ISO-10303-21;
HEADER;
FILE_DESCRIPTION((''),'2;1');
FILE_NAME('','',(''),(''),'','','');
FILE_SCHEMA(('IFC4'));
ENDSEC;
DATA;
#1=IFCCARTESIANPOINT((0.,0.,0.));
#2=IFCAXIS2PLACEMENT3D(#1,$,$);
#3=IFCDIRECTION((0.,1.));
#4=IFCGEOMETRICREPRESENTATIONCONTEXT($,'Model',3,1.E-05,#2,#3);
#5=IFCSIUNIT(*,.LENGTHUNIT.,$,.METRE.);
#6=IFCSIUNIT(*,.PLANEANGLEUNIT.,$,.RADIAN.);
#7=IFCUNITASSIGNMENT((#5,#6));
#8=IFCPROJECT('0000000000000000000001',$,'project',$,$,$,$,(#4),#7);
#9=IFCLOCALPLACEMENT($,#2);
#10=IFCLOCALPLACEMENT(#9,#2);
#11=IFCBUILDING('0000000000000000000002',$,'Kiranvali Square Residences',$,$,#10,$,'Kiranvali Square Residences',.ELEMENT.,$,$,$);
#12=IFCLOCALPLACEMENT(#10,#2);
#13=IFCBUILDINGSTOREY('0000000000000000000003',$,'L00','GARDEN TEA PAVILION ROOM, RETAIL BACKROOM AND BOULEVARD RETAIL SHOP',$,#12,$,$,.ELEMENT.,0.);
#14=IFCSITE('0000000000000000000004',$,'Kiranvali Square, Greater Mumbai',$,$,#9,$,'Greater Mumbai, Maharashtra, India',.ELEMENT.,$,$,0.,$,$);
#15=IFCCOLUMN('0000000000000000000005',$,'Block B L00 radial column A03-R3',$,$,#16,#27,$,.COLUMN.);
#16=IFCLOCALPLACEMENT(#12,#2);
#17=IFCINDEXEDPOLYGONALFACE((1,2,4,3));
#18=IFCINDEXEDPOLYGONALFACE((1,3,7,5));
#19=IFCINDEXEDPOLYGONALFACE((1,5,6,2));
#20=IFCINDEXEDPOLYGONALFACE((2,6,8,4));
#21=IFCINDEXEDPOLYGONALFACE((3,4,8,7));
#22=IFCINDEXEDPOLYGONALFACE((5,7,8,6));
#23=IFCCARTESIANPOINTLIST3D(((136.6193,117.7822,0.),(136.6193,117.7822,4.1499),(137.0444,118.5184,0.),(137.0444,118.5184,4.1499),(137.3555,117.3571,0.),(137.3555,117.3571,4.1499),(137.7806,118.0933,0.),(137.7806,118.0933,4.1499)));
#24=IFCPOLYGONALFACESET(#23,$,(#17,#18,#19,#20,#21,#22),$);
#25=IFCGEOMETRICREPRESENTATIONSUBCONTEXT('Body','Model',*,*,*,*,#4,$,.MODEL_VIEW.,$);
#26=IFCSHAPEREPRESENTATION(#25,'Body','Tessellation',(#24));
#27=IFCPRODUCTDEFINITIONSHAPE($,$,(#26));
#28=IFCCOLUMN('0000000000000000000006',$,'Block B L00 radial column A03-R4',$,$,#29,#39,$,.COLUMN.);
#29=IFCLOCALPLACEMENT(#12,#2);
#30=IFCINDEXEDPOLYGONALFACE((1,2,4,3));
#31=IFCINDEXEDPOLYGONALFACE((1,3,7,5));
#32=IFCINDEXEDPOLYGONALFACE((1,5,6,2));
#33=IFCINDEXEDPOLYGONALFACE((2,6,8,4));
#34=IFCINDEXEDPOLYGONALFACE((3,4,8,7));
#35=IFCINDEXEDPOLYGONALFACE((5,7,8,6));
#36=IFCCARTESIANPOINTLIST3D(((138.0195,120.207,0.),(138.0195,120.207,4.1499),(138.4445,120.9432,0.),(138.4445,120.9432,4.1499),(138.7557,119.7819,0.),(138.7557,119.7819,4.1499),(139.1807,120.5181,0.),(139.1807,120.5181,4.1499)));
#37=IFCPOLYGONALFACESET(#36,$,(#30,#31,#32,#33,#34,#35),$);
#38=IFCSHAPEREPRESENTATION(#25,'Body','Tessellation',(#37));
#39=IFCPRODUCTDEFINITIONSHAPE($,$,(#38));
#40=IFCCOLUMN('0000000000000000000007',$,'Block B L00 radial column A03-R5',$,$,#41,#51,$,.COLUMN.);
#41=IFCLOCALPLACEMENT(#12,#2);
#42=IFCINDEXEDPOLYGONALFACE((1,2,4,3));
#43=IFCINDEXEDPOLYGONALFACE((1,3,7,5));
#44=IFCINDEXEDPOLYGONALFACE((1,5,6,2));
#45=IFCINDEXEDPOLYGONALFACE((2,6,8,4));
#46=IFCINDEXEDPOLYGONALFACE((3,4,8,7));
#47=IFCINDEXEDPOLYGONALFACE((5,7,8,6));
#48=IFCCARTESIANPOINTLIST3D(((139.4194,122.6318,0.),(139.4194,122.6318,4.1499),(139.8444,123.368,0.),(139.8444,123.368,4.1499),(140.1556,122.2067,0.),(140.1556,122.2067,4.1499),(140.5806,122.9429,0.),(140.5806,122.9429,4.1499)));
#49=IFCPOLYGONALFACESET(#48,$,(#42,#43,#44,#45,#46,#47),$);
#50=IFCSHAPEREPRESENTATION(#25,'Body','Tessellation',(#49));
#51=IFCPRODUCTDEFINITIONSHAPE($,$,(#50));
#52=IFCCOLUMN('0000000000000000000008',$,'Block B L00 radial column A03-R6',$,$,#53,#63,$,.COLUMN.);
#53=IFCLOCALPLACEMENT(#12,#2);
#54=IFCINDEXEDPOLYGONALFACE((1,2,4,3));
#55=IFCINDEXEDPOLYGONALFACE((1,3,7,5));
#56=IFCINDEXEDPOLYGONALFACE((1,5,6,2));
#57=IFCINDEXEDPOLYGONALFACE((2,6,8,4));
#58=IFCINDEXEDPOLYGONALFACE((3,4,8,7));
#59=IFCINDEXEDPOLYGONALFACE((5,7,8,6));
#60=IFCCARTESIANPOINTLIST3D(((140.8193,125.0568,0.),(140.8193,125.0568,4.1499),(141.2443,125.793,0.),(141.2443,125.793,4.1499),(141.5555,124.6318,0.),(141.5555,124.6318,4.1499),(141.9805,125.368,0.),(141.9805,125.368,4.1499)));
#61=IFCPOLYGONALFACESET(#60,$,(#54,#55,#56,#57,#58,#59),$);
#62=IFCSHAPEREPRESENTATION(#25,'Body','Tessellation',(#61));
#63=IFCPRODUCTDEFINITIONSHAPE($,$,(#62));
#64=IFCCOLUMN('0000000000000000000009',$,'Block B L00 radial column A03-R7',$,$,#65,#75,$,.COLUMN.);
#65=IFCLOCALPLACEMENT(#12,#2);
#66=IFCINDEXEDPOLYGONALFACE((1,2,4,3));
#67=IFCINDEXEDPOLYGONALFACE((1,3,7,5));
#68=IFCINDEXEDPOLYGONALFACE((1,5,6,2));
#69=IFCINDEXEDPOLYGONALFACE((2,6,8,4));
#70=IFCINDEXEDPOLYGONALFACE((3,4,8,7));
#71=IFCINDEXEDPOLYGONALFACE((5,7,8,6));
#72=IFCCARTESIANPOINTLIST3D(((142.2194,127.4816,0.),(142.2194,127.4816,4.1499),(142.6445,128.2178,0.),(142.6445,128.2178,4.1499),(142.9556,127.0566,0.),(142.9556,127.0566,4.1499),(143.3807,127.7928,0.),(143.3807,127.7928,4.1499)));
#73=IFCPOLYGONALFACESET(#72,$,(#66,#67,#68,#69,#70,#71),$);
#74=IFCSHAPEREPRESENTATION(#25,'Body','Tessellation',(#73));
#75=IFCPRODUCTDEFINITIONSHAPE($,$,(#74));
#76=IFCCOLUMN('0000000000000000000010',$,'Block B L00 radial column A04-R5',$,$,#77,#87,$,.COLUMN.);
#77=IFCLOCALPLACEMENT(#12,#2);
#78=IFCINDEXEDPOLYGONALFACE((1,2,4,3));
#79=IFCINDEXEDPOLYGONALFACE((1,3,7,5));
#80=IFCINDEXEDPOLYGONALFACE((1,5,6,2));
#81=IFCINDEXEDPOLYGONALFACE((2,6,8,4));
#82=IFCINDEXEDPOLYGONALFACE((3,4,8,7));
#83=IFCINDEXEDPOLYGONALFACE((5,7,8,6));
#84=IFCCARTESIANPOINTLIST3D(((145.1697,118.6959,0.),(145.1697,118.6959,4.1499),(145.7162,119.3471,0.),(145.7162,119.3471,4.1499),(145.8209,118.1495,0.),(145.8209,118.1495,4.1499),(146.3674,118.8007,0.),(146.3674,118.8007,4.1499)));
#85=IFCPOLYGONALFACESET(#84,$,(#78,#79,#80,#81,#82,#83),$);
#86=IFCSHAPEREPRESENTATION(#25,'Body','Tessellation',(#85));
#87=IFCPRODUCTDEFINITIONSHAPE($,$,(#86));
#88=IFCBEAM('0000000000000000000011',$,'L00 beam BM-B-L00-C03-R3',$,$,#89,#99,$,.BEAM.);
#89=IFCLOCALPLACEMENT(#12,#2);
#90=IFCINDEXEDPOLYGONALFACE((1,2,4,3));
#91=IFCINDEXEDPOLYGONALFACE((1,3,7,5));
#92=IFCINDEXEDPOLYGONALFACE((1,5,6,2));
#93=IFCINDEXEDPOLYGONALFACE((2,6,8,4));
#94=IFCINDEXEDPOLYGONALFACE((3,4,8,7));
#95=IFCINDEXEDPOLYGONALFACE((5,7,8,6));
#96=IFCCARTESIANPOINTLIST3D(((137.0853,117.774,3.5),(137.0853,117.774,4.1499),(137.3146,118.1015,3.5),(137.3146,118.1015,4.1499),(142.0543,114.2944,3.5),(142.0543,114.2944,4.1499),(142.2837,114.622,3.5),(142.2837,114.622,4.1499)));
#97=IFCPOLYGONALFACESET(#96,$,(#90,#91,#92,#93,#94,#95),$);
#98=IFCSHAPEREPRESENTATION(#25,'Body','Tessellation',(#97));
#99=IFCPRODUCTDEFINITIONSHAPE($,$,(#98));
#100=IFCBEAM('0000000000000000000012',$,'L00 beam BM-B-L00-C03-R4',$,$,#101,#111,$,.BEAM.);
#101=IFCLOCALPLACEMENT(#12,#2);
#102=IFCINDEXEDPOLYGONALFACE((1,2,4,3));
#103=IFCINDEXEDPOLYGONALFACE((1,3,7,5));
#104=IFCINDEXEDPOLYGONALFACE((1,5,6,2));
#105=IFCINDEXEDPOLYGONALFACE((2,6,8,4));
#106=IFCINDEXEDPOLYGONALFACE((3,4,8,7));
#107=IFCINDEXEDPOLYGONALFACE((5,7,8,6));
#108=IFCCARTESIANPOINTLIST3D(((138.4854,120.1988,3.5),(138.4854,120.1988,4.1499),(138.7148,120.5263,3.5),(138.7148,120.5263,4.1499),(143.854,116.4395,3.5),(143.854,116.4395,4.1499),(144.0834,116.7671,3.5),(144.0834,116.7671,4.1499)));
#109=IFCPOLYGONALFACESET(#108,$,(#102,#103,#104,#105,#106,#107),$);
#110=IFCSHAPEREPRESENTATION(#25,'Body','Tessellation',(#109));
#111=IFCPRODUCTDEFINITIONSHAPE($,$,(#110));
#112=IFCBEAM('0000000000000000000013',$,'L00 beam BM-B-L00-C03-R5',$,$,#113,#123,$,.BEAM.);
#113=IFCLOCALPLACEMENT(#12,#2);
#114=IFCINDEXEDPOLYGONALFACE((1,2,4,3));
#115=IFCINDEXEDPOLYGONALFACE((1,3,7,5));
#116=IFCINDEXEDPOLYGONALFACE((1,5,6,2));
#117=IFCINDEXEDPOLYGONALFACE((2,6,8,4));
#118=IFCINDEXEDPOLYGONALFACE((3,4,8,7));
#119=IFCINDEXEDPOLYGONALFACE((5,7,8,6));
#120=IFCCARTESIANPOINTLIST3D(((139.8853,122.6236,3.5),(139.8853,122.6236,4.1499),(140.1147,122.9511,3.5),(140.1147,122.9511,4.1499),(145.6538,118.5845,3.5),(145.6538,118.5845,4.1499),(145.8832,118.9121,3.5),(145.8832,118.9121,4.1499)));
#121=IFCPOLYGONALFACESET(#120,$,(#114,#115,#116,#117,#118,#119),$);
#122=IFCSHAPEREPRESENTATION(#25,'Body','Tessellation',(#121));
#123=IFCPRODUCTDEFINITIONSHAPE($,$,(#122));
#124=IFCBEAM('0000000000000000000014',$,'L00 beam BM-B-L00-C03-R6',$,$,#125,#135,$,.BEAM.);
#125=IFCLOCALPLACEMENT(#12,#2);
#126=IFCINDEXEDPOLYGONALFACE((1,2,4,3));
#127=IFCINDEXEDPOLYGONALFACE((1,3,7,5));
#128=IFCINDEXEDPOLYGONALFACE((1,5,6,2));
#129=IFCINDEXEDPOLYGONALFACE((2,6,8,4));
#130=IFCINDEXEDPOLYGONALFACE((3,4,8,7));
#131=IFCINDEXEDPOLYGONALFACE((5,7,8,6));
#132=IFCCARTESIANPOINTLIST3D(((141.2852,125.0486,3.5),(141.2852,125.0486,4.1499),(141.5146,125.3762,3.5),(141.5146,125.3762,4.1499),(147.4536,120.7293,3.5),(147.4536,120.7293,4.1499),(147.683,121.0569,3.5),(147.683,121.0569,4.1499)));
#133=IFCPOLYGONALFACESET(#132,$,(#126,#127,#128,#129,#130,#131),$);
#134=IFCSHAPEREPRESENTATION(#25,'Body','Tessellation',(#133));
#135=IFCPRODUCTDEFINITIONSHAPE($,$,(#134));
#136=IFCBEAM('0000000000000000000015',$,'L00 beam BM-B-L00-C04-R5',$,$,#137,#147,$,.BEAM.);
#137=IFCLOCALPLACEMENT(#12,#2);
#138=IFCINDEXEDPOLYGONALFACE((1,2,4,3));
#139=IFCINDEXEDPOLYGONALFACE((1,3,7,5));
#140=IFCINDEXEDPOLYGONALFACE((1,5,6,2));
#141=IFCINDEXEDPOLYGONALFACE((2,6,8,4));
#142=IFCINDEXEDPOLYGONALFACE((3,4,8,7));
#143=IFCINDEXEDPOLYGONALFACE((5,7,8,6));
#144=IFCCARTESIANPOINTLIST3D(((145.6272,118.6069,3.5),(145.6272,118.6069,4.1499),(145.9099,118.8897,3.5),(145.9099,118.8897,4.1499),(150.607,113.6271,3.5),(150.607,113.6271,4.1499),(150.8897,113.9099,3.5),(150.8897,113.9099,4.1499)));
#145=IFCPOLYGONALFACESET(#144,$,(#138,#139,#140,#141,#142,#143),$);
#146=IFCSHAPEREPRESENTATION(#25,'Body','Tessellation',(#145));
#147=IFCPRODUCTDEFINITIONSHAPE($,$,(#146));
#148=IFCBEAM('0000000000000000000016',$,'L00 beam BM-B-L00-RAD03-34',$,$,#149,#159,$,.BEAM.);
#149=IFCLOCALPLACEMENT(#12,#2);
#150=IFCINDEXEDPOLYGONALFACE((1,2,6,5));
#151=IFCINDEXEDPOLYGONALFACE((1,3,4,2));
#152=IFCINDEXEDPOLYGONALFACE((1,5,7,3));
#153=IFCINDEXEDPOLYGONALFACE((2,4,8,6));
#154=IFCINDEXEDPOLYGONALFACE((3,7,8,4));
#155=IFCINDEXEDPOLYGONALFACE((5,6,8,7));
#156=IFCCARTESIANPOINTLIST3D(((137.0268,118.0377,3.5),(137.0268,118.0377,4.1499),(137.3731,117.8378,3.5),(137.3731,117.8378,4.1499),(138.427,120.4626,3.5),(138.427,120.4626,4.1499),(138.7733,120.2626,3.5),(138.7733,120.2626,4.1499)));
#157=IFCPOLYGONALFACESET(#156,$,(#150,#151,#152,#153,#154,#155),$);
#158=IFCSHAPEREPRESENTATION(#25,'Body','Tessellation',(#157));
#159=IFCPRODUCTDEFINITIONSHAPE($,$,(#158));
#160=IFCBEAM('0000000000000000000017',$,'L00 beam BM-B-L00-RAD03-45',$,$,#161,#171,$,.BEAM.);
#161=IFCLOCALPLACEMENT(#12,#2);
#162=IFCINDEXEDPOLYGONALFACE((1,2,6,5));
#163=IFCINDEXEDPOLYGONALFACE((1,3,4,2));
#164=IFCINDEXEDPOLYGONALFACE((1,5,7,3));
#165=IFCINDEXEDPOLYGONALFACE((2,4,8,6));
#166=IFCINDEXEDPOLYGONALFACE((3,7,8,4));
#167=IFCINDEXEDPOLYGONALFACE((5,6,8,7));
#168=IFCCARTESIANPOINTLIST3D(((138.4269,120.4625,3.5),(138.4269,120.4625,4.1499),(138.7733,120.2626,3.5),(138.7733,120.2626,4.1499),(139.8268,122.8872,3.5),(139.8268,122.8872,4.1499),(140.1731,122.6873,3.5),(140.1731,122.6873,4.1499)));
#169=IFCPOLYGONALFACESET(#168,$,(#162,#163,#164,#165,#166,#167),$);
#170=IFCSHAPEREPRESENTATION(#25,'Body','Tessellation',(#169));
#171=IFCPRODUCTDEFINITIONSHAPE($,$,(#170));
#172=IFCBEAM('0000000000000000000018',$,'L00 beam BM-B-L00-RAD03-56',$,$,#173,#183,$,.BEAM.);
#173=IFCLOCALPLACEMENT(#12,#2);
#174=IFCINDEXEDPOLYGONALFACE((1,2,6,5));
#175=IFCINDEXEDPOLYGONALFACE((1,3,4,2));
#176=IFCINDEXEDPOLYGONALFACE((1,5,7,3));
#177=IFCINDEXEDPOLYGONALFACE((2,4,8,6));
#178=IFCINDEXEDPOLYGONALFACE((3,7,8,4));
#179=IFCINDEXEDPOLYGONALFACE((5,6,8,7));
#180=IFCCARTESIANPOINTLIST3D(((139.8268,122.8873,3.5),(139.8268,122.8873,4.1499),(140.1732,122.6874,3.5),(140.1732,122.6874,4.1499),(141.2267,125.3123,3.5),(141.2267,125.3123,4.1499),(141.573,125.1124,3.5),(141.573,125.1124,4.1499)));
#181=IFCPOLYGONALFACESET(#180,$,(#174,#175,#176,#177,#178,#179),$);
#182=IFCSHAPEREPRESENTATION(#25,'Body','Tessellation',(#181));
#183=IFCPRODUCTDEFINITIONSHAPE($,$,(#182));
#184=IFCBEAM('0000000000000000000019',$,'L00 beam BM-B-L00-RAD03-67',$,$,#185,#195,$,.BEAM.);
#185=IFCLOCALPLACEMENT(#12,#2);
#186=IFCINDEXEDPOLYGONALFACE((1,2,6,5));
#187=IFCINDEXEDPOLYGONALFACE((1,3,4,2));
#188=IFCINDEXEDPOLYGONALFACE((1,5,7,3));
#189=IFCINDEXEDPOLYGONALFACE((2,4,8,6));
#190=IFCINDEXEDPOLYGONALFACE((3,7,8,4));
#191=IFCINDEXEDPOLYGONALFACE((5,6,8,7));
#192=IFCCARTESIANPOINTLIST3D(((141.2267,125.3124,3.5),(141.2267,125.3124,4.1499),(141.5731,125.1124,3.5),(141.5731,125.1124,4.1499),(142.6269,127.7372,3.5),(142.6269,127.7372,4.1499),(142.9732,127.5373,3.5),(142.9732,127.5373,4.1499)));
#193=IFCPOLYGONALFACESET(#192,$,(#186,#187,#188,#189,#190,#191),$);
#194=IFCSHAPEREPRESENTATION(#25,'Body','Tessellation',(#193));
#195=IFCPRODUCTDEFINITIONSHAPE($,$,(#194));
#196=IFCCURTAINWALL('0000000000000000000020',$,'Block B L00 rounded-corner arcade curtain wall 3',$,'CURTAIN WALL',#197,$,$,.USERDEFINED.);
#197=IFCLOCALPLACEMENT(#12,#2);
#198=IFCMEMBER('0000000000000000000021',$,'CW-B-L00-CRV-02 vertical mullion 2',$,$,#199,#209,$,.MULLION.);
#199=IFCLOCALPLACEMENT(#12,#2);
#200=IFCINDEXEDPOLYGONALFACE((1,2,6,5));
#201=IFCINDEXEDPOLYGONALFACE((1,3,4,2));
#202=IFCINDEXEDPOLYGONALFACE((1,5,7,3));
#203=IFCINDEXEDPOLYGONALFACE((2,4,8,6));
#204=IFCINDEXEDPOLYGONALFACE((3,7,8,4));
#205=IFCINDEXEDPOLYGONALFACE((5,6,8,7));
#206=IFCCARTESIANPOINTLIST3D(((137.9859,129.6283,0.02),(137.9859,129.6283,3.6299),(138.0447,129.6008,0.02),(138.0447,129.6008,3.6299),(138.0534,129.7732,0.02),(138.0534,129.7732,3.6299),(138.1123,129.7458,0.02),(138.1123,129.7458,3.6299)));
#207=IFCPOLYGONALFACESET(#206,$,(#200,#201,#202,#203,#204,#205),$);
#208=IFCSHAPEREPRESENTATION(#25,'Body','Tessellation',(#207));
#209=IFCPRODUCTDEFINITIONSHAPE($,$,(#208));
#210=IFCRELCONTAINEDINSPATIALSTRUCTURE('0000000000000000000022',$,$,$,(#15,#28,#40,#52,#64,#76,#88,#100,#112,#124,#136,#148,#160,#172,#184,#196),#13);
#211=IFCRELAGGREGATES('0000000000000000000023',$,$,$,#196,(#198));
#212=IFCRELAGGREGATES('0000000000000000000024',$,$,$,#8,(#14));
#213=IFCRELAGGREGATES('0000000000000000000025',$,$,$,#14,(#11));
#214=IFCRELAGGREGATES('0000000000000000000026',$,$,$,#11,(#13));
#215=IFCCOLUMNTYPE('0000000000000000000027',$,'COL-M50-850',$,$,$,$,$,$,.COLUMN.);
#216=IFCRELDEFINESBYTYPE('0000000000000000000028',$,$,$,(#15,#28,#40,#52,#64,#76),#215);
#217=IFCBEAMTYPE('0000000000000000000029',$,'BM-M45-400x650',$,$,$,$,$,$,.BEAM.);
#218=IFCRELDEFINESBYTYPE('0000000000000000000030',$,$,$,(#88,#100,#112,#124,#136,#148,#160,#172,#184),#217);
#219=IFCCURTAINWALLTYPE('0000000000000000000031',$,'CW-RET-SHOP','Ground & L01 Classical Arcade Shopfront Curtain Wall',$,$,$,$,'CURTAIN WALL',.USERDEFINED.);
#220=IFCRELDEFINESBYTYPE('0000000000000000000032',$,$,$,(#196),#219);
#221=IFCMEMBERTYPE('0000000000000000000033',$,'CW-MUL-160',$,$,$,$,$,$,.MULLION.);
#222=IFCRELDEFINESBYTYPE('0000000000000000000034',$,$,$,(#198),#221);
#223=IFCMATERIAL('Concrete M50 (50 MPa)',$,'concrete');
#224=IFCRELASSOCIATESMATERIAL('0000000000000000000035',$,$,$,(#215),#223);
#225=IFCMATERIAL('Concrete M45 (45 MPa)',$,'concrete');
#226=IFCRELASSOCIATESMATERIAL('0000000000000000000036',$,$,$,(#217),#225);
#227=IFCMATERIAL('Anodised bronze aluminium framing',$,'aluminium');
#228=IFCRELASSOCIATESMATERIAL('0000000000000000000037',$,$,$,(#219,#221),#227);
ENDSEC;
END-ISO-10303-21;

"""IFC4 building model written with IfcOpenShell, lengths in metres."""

from ifc_helpers import new_model, si_unit, direction, frame, origin, origin_2d, place, context, subcontext, project, spatial, rectangle, extrude, material, material_profile, profile_set, type_object, element, aggregate, save


model = new_model("IFC4")

# Units and contexts
model_context = context("Model", 3, precision=1e-05, world=origin(), true_north=direction((0.0, 1.0)))
body_context = subcontext(model_context, "Body", "Model", "MODEL_VIEW")
ifc_project = project(units=[si_unit("LENGTHUNIT", "METRE"), si_unit("PLANEANGLEUNIT", "RADIAN")], contexts=[model_context])

# Site, building, storey
site_placement = place(None, origin())
site = spatial("IfcSite", under=ifc_project, at=site_placement, Name="Kiranvali Square, Greater Mumbai", LongName="Greater Mumbai, Maharashtra, India", CompositionType="ELEMENT", RefElevation=0.0)
building_placement = place(site_placement, origin())
building = spatial("IfcBuilding", under=site, at=building_placement, Name="Kiranvali Square Residences", LongName="Kiranvali Square Residences", CompositionType="ELEMENT")
storey_placement = place(building_placement, origin())
storey = spatial("IfcBuildingStorey", under=building, at=storey_placement, Name="L00", Description="GARDEN TEA PAVILION ROOM, RETAIL BACKROOM AND BOULEVARD RETAIL SHOP", CompositionType="ELEMENT", Elevation=0.0)

# Columns
ifc_material_1 = material(Name="Concrete M50 (50 MPa)", Category="concrete")
ifc_material_profile_1 = material_profile(ifc_material_1, rectangle(XDim=0.8501, YDim=0.8501, at=origin_2d()), Name="RC 850x850")
ifc_profile_set_1 = profile_set([ifc_material_profile_1], Name="Concrete M50 (50 MPa)")
column_type = type_object("IfcColumnType", Name="COL-M50-850", PredefinedType="COLUMN", material=ifc_profile_set_1)
for number, where, z_axis, x_axis, name in (
    (1, (137.2, 117.9377, 0.0), (0.0, 0.0, 1.0), (-0.866025, 0.5, 0.0), "Block B L00 radial column A03-R3"),
    (2, (138.6001, 120.3625, 0.0), (0.0, 0.0, 1.0), (-0.866025, 0.5, 0.0), "Block B L00 radial column A03-R4"),
    (3, (140.0, 122.7874, 0.0), (0.0, 0.0, 1.0), (-0.866025, 0.5, 0.0), "Block B L00 radial column A03-R5"),
    (4, (141.3999, 125.2124, 0.0), (0.0, 0.0, 1.0), (-0.866025, 0.5, 0.0), "Block B L00 radial column A03-R6"),
    (5, (142.8, 127.6372, 0.0), (0.0, 0.0, 1.0), (-0.866025, 0.5, 0.0), "Block B L00 radial column A03-R7"),
    (6, (145.7686, 118.7483, 0.0), (0.0, 0.0, 1.0), (-0.766044, 0.642788, 0.0), "Block B L00 radial column A04-R5"),
):
    element("IfcColumn", number, at=place(storey_placement, frame(where, z_axis=z_axis, x_axis=x_axis)), inside=storey, type_object=column_type, Name=name, PredefinedType="COLUMN", context=body_context, shape_type="SweptSolid", body=[
        extrude(rectangle(XDim=0.8501, YDim=0.8501, at=origin_2d()), origin(), (0.0, 0.0, 1.0), 4.1499),
    ])

# Beams
ifc_material_2 = material(Name="Concrete M45 (45 MPa)", Category="concrete")
ifc_material_profile_2 = material_profile(ifc_material_2, rectangle(XDim=0.3999, YDim=0.6499, at=origin_2d()), Name="RC 400x650")
ifc_profile_set_2 = profile_set([ifc_material_profile_2], Name="Concrete M45 (45 MPa)")
beam_type_1 = type_object("IfcBeamType", Name="BM-M45-400x650", PredefinedType="BEAM", material=ifc_profile_set_2)
beam_1_placement = place(storey_placement, frame((137.2, 117.9377, 3.825), z_axis=(0.819139, -0.573595, 0.0), x_axis=(0.573595, 0.819139, 0.0)))
element("IfcBeam", 7, at=beam_1_placement, inside=storey, type_object=beam_type_1, Name="L00 beam BM-B-L00-C03-R3", PredefinedType="BEAM", context=body_context, shape_type="SweptSolid", body=[
    extrude(rectangle(XDim=0.3999, YDim=0.6499, at=origin_2d()), origin(), (0.0, 0.0, 1.0), 6.0662),
])
beam_2_placement = place(storey_placement, frame((138.6001, 120.3625, 3.825), z_axis=(0.819144, -0.573587, 0.0), x_axis=(0.573587, 0.819144, 0.0)))
element("IfcBeam", 8, at=beam_2_placement, inside=storey, type_object=beam_type_1, Name="L00 beam BM-B-L00-C03-R4", PredefinedType="BEAM", context=body_context, shape_type="SweptSolid", body=[
    extrude(rectangle(XDim=0.3999, YDim=0.6499, at=origin_2d()), origin(), (0.0, 0.0, 1.0), 6.554),
])
beam_3_placement = place(storey_placement, frame((140.0, 122.7874, 3.825), z_axis=(0.81916, -0.573565, 0.0), x_axis=(0.573565, 0.81916, 0.0)))
element("IfcBeam", 9, at=beam_3_placement, inside=storey, type_object=beam_type_1, Name="L00 beam BM-B-L00-C03-R5", PredefinedType="BEAM", context=body_context, shape_type="SweptSolid", body=[
    extrude(rectangle(XDim=0.3999, YDim=0.6499, at=origin_2d()), origin(), (0.0, 0.0, 1.0), 7.042),
])
beam_4_placement = place(storey_placement, frame((141.3999, 125.2124, 3.825), z_axis=(0.819144, -0.573589, 0.0), x_axis=(0.573589, 0.819144, 0.0)))
element("IfcBeam", 10, at=beam_4_placement, inside=storey, type_object=beam_type_1, Name="L00 beam BM-B-L00-C03-R6", PredefinedType="BEAM", context=body_context, shape_type="SweptSolid", body=[
    extrude(rectangle(XDim=0.3999, YDim=0.6499, at=origin_2d()), origin(), (0.0, 0.0, 1.0), 7.5303),
])
beam_5_placement = place(storey_placement, frame((145.7686, 118.7483, 3.825), z_axis=(0.707107, -0.707107, 0.0), x_axis=(0.707107, 0.707107, 0.0)))
element("IfcBeam", 11, at=beam_5_placement, inside=storey, type_object=beam_type_1, Name="L00 beam BM-B-L00-C04-R5", PredefinedType="BEAM", context=body_context, shape_type="SweptSolid", body=[
    extrude(rectangle(XDim=0.3999, YDim=0.6499, at=origin_2d()), origin(), (0.0, 0.0, 1.0), 7.0425),
])
beam_6_placement = place(storey_placement, frame((137.2, 117.9377, 3.825), z_axis=(0.50005, 0.865997, 0.0), x_axis=(-0.865997, 0.50005, 0.0)))
element("IfcBeam", 12, at=beam_6_placement, inside=storey, type_object=beam_type_1, Name="L00 beam BM-B-L00-RAD03-34", PredefinedType="BEAM", context=body_context, shape_type="SweptSolid", body=[
    extrude(rectangle(XDim=0.3999, YDim=0.6499, at=origin_2d()), origin(), (0.0, 0.0, 1.0), 2.8),
])
beam_7_placement = place(storey_placement, frame((138.6001, 120.3625, 3.825), z_axis=(0.499984, 0.866035, 0.0), x_axis=(-0.866035, 0.499984, 0.0)))
element("IfcBeam", 13, at=beam_7_placement, inside=storey, type_object=beam_type_1, Name="L00 beam BM-B-L00-RAD03-45", PredefinedType="BEAM", context=body_context, shape_type="SweptSolid", body=[
    extrude(rectangle(XDim=0.3999, YDim=0.6499, at=origin_2d()), origin(), (0.0, 0.0, 1.0), 2.7998),
])
for number, where, z_axis, x_axis, name in (
    (14, (140.0, 122.7874, 3.825), (0.499946, 0.866056, 0.0), (-0.866056, 0.499946, 0.0), "L00 beam BM-B-L00-RAD03-56"),
    (15, (141.3999, 125.2124, 3.825), (0.50005, 0.865997, 0.0), (-0.865997, 0.50005, 0.0), "L00 beam BM-B-L00-RAD03-67"),
):
    element("IfcBeam", number, at=place(storey_placement, frame(where, z_axis=z_axis, x_axis=x_axis)), inside=storey, type_object=beam_type_1, Name=name, PredefinedType="BEAM", context=body_context, shape_type="SweptSolid", body=[
        extrude(rectangle(XDim=0.3999, YDim=0.6499, at=origin_2d()), origin(), (0.0, 0.0, 1.0), 2.8),
    ])

# Curtain wall, member
ifc_material_3 = material(Name="Anodised bronze aluminium framing", Category="aluminium")
curtain_wall_type = type_object("IfcCurtainWallType", Name="CW-RET-SHOP", Description="Ground & L01 Classical Arcade Shopfront Curtain Wall", ElementType="CURTAIN WALL", PredefinedType="USERDEFINED", material=ifc_material_3)
curtain_wall_1_placement = place(storey_placement, origin())
curtain_wall_1 = element("IfcCurtainWall", 16, at=curtain_wall_1_placement, inside=storey, type_object=curtain_wall_type, Name="Block B L00 rounded-corner arcade curtain wall 3", ObjectType="CURTAIN WALL", PredefinedType="USERDEFINED")
ifc_material_profile_3 = material_profile(ifc_material_3, rectangle(XDim=0.0649, YDim=0.1599, at=origin_2d()), Name="ALU 65x160")
ifc_profile_set_3 = profile_set([ifc_material_profile_3], Name="Anodised bronze aluminium framing")
member_type_1 = type_object("IfcMemberType", Name="CW-MUL-160", PredefinedType="MULLION", material=ifc_profile_set_3)
member_1_placement = place(storey_placement, frame((138.0491, 129.687, 0.02), z_axis=(0.0, 0.0, 1.0), x_axis=(0.906308, -0.422618, 0.0)))
member_1 = element("IfcMember", 17, at=member_1_placement, type_object=member_type_1, Name="CW-B-L00-CRV-02 vertical mullion 2", PredefinedType="MULLION", context=body_context, shape_type="SweptSolid", body=[
    extrude(rectangle(XDim=0.0649, YDim=0.1599, at=origin_2d()), origin(), (0.0, 0.0, 1.0), 3.6099),
])

aggregate(curtain_wall_1, [member_1])

save(model, "model.ifc")
